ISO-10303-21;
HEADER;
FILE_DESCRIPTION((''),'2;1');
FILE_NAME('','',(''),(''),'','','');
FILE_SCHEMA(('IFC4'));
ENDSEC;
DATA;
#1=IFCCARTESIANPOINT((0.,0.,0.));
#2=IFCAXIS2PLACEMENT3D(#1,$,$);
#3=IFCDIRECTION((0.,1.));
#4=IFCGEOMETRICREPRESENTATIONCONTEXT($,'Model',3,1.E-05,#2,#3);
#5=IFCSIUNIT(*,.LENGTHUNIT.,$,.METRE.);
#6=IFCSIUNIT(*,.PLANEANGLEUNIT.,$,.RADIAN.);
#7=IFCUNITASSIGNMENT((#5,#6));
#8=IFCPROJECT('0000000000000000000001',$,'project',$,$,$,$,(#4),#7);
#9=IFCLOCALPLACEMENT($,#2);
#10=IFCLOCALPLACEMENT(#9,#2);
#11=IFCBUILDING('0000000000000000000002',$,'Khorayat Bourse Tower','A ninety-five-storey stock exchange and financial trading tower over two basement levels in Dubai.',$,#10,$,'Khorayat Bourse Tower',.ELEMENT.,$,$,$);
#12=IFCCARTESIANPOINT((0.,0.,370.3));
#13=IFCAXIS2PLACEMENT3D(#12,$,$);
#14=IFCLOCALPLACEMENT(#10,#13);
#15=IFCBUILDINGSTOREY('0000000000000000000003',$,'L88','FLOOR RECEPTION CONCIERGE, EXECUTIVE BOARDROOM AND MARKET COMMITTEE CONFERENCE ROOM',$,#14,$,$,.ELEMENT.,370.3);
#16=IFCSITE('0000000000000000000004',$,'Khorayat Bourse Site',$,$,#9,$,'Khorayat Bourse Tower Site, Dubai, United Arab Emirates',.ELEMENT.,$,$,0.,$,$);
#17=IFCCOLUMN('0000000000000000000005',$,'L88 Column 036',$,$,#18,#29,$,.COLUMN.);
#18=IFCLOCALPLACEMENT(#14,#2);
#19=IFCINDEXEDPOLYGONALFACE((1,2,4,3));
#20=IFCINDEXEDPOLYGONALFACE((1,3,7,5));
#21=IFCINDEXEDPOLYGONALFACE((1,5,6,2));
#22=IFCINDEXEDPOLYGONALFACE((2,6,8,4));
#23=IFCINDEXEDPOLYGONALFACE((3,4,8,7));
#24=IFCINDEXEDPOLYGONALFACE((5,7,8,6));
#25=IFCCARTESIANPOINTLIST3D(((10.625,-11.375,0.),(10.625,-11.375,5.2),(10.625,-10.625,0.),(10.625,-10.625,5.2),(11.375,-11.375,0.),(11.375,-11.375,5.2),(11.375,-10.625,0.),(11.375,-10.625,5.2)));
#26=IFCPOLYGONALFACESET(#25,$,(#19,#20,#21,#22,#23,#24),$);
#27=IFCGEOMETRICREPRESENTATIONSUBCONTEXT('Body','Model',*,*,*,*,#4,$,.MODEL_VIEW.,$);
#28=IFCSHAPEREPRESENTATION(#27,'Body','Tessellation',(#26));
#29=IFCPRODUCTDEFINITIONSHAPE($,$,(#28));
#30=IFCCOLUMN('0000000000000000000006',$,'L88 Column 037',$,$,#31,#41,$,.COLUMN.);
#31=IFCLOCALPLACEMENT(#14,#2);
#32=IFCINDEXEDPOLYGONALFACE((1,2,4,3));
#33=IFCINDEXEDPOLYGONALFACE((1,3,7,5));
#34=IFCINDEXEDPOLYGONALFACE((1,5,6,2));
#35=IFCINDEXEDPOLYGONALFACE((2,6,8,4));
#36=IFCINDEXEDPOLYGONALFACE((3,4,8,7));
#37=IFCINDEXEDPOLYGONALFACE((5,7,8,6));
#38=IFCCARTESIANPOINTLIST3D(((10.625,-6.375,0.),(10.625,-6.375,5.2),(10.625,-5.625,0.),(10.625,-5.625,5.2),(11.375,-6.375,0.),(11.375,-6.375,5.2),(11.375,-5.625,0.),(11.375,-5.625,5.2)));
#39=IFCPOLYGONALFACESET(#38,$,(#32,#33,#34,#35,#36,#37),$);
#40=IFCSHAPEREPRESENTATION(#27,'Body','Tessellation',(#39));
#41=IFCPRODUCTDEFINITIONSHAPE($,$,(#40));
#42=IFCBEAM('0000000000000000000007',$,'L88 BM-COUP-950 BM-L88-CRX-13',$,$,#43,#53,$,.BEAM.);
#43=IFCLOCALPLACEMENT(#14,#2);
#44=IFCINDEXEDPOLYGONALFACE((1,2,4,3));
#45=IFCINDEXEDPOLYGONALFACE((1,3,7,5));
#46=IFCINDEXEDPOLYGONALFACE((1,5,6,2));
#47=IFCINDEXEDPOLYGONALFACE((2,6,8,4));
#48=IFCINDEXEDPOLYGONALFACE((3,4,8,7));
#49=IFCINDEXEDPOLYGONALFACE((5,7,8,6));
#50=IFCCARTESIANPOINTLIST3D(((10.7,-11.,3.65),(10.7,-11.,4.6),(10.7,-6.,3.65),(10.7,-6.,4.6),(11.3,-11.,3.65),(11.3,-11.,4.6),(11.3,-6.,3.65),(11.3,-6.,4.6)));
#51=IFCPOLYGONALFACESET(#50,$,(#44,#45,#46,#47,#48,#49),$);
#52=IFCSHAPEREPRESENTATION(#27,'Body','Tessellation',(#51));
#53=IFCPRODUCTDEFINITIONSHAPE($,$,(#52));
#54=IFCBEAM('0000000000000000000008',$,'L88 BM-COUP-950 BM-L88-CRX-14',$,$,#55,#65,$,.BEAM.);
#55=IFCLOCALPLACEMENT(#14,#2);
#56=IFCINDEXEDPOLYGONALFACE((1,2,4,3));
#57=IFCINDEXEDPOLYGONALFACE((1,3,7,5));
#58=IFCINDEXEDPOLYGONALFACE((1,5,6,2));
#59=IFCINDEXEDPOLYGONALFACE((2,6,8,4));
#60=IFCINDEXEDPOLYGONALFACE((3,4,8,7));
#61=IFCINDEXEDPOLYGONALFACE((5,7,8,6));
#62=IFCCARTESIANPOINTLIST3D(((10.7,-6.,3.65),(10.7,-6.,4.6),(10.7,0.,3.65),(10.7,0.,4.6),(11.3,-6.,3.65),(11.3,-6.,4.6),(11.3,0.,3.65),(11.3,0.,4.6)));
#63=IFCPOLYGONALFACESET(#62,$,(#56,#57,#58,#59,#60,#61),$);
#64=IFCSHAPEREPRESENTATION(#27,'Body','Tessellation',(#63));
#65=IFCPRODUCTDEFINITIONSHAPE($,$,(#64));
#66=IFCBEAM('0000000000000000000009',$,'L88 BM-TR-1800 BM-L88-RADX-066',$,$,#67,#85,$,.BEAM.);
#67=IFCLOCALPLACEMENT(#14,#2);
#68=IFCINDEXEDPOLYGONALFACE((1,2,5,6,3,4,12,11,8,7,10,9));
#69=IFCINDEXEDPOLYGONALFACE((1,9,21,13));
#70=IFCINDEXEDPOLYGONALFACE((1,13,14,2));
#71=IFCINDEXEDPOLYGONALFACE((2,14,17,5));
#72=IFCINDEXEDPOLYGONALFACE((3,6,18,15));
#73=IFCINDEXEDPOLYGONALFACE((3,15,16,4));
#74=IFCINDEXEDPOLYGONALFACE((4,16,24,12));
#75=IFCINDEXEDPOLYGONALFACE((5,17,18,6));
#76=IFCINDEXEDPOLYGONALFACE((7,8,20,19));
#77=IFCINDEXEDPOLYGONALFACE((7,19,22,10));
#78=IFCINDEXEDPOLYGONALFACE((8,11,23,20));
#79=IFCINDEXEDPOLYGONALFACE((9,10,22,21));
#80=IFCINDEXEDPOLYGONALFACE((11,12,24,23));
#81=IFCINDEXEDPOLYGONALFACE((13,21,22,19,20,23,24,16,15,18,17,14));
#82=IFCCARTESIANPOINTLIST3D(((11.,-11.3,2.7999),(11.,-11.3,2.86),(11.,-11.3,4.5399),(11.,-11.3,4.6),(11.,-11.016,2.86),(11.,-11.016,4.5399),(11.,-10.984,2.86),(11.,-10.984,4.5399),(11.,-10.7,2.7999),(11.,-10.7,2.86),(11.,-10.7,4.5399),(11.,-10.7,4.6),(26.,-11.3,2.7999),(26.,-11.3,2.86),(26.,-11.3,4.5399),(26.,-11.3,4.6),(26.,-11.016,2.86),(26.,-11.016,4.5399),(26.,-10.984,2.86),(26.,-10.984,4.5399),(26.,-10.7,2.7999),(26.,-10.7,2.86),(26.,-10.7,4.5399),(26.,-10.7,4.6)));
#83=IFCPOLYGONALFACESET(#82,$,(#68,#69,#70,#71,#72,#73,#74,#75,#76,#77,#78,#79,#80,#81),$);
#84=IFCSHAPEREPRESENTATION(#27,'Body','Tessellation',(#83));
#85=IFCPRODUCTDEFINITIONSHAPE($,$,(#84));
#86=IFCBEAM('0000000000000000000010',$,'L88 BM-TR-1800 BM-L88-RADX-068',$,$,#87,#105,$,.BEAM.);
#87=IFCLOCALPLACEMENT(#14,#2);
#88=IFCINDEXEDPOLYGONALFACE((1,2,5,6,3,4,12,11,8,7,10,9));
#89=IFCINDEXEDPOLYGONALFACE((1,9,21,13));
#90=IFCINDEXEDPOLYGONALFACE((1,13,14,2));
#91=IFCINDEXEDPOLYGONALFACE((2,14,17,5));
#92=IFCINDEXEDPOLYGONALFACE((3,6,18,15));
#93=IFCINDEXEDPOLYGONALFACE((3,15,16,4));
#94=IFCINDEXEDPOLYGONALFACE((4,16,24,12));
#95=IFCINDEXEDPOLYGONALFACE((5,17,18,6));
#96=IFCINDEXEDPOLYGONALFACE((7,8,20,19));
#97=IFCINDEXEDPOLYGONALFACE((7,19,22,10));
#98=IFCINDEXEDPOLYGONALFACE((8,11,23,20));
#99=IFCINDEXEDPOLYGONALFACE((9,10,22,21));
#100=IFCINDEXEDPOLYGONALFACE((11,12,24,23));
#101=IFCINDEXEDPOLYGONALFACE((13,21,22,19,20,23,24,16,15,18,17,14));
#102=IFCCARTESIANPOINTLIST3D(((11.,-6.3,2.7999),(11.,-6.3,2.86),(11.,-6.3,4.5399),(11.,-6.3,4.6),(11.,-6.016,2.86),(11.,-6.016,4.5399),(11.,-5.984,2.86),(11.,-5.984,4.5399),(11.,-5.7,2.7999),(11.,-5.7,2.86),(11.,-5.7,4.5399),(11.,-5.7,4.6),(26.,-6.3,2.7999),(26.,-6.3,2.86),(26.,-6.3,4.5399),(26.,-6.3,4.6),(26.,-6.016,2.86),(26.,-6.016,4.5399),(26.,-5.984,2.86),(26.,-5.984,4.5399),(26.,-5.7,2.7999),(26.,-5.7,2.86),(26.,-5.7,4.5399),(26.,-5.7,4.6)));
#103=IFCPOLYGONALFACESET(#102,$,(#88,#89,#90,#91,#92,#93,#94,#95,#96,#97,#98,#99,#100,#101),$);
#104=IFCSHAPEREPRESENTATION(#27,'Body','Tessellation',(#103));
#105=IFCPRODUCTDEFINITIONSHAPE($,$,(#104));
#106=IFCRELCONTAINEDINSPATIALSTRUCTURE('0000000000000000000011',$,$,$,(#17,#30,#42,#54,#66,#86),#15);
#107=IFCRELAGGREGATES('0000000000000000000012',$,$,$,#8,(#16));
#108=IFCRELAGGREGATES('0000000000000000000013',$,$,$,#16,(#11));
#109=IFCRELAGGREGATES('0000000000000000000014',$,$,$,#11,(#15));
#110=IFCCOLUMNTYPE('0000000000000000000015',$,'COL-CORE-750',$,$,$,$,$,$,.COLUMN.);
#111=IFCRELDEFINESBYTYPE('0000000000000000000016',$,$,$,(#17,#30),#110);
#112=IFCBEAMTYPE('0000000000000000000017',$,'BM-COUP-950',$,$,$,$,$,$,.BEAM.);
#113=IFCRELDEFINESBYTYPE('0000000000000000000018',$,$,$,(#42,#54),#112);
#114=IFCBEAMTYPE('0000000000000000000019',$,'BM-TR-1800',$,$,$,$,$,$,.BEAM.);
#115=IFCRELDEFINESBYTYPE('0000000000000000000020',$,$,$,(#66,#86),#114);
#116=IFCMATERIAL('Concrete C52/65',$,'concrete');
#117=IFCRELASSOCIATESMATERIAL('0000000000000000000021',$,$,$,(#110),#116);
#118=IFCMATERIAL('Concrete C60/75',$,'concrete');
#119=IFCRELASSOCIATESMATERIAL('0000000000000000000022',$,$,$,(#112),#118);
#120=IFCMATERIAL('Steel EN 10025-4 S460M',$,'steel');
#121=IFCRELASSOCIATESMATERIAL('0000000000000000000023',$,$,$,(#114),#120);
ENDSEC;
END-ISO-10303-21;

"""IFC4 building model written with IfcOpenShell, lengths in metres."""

from ifc_helpers import new_model, si_unit, direction, frame, origin, origin_2d, place, context, subcontext, project, spatial, rectangle, i_section, extrude, source, transform, mapped, material, material_profile, profile_set, type_object, element, save


model = new_model("IFC4")

# Units and contexts
model_context = context("Model", 3, precision=1e-05, world=origin(), true_north=direction((0.0, 1.0)))
body_context = subcontext(model_context, "Body", "Model", "MODEL_VIEW")
ifc_project = project(units=[si_unit("LENGTHUNIT", "METRE"), si_unit("PLANEANGLEUNIT", "RADIAN")], contexts=[model_context])

# Site, building, storey
site_placement = place(None, origin())
site = spatial("IfcSite", under=ifc_project, at=site_placement, Name="Khorayat Bourse Site", LongName="Khorayat Bourse Tower Site, Dubai, United Arab Emirates", CompositionType="ELEMENT", RefElevation=0.0)
building_placement = place(site_placement, origin())
building = spatial("IfcBuilding", under=site, at=building_placement, Name="Khorayat Bourse Tower", Description="A ninety-five-storey stock exchange and financial trading tower over two basement levels in Dubai.", LongName="Khorayat Bourse Tower", CompositionType="ELEMENT")
storey_placement = place(building_placement, frame((0.0, 0.0, 370.3)))
storey = spatial("IfcBuildingStorey", under=building, at=storey_placement, Name="L88", Description="FLOOR RECEPTION CONCIERGE, EXECUTIVE BOARDROOM AND MARKET COMMITTEE CONFERENCE ROOM", CompositionType="ELEMENT", Elevation=370.3)

# Columns
ifc_material_1 = material(Name="Concrete C52/65", Category="concrete")
ifc_material_profile_1 = material_profile(ifc_material_1, rectangle(XDim=0.75, YDim=0.75, at=origin_2d()), Name="RC 750x750")
ifc_profile_set_1 = profile_set([ifc_material_profile_1], Name="Concrete C52/65")
column_type = type_object("IfcColumnType", Name="COL-CORE-750", PredefinedType="COLUMN", material=ifc_profile_set_1)
shared_shape_1 = source(origin(), body_context, "Body", "SweptSolid", [
    extrude(rectangle(XDim=0.75, YDim=0.75, at=origin_2d()), origin(), (0.0, 0.0, 1.0), 5.2),
])
for number, where, z_axis, x_axis, name in (
    (1, (11.0, -11.0, 0.0), (0.0, 0.0, 1.0), (1.0, 0.0, 0.0), "L88 Column 036"),
    (2, (11.0, -6.0, 0.0), (0.0, 0.0, 1.0), (1.0, 0.0, 0.0), "L88 Column 037"),
):
    element("IfcColumn", number, at=place(storey_placement, frame(where, z_axis=z_axis, x_axis=x_axis)), inside=storey, type_object=column_type, Name=name, PredefinedType="COLUMN", context=body_context, shape_type="MappedRepresentation", body=[
        mapped(shared_shape_1, transform((0.0, 0.0, 0.0), scale=1.0)),
    ])

# Beams
ifc_material_2 = material(Name="Concrete C60/75", Category="concrete")
ifc_material_profile_2 = material_profile(ifc_material_2, rectangle(XDim=0.6001, YDim=0.95, at=origin_2d()), Name="RC 600x950")
ifc_profile_set_2 = profile_set([ifc_material_profile_2], Name="Concrete C60/75")
beam_type_1 = type_object("IfcBeamType", Name="BM-COUP-950", PredefinedType="BEAM", material=ifc_profile_set_2)
shared_shape_2 = source(origin(), body_context, "Body", "SweptSolid", [
    extrude(rectangle(XDim=0.6001, YDim=0.95, at=origin_2d()), origin(), (0.0, 0.0, 1.0), 5.0),
])
beam_1_placement = place(storey_placement, frame((11.0, -11.0, 4.125), z_axis=(0.0, 1.0, 0.0), x_axis=(-1.0, 0.0, 0.0)))
element("IfcBeam", 3, at=beam_1_placement, inside=storey, type_object=beam_type_1, Name="L88 BM-COUP-950 BM-L88-CRX-13", PredefinedType="BEAM", context=body_context, shape_type="MappedRepresentation", body=[
    mapped(shared_shape_2, transform((0.0, 0.0, 0.0), scale=1.0)),
])
shared_shape_3 = source(origin(), body_context, "Body", "SweptSolid", [
    extrude(rectangle(XDim=0.6001, YDim=0.95, at=origin_2d()), origin(), (0.0, 0.0, 1.0), 6.0),
])
beam_2_placement = place(storey_placement, frame((11.0, -6.0, 4.125), z_axis=(0.0, 1.0, 0.0), x_axis=(-1.0, 0.0, 0.0)))
element("IfcBeam", 4, at=beam_2_placement, inside=storey, type_object=beam_type_1, Name="L88 BM-COUP-950 BM-L88-CRX-14", PredefinedType="BEAM", context=body_context, shape_type="MappedRepresentation", body=[
    mapped(shared_shape_3, transform((0.0, 0.0, 0.0), scale=1.0)),
])
ifc_material_3 = material(Name="Steel EN 10025-4 S460M", Category="steel")
ifc_material_profile_3 = material_profile(ifc_material_3, i_section(OverallWidth=0.6001, OverallDepth=1.8, WebThickness=0.032, FlangeThickness=0.0601, at=origin_2d()), Name="PG 1800x600x32x60")
ifc_profile_set_3 = profile_set([ifc_material_profile_3], Name="Steel EN 10025-4 S460M")
beam_type_2 = type_object("IfcBeamType", Name="BM-TR-1800", PredefinedType="BEAM", material=ifc_profile_set_3)
shared_shape_4 = source(origin(), body_context, "Body", "SweptSolid", [
    extrude(i_section(OverallWidth=0.6001, OverallDepth=1.8, WebThickness=0.032, FlangeThickness=0.0601, at=origin_2d()), origin(), (0.0, 0.0, 1.0), 15.0),
])
for number, where, z_axis, x_axis, name in (
    (5, (11.0, -11.0, 3.7), (1.0, 0.0, 0.0), (0.0, 1.0, 0.0), "L88 BM-TR-1800 BM-L88-RADX-066"),
    (6, (11.0, -6.0, 3.7), (1.0, 0.0, 0.0), (0.0, 1.0, 0.0), "L88 BM-TR-1800 BM-L88-RADX-068"),
):
    element("IfcBeam", number, at=place(storey_placement, frame(where, z_axis=z_axis, x_axis=x_axis)), inside=storey, type_object=beam_type_2, Name=name, PredefinedType="BEAM", context=body_context, shape_type="MappedRepresentation", body=[
        mapped(shared_shape_4, transform((0.0, 0.0, 0.0), scale=1.0)),
    ])

save(model, "model.ifc")
